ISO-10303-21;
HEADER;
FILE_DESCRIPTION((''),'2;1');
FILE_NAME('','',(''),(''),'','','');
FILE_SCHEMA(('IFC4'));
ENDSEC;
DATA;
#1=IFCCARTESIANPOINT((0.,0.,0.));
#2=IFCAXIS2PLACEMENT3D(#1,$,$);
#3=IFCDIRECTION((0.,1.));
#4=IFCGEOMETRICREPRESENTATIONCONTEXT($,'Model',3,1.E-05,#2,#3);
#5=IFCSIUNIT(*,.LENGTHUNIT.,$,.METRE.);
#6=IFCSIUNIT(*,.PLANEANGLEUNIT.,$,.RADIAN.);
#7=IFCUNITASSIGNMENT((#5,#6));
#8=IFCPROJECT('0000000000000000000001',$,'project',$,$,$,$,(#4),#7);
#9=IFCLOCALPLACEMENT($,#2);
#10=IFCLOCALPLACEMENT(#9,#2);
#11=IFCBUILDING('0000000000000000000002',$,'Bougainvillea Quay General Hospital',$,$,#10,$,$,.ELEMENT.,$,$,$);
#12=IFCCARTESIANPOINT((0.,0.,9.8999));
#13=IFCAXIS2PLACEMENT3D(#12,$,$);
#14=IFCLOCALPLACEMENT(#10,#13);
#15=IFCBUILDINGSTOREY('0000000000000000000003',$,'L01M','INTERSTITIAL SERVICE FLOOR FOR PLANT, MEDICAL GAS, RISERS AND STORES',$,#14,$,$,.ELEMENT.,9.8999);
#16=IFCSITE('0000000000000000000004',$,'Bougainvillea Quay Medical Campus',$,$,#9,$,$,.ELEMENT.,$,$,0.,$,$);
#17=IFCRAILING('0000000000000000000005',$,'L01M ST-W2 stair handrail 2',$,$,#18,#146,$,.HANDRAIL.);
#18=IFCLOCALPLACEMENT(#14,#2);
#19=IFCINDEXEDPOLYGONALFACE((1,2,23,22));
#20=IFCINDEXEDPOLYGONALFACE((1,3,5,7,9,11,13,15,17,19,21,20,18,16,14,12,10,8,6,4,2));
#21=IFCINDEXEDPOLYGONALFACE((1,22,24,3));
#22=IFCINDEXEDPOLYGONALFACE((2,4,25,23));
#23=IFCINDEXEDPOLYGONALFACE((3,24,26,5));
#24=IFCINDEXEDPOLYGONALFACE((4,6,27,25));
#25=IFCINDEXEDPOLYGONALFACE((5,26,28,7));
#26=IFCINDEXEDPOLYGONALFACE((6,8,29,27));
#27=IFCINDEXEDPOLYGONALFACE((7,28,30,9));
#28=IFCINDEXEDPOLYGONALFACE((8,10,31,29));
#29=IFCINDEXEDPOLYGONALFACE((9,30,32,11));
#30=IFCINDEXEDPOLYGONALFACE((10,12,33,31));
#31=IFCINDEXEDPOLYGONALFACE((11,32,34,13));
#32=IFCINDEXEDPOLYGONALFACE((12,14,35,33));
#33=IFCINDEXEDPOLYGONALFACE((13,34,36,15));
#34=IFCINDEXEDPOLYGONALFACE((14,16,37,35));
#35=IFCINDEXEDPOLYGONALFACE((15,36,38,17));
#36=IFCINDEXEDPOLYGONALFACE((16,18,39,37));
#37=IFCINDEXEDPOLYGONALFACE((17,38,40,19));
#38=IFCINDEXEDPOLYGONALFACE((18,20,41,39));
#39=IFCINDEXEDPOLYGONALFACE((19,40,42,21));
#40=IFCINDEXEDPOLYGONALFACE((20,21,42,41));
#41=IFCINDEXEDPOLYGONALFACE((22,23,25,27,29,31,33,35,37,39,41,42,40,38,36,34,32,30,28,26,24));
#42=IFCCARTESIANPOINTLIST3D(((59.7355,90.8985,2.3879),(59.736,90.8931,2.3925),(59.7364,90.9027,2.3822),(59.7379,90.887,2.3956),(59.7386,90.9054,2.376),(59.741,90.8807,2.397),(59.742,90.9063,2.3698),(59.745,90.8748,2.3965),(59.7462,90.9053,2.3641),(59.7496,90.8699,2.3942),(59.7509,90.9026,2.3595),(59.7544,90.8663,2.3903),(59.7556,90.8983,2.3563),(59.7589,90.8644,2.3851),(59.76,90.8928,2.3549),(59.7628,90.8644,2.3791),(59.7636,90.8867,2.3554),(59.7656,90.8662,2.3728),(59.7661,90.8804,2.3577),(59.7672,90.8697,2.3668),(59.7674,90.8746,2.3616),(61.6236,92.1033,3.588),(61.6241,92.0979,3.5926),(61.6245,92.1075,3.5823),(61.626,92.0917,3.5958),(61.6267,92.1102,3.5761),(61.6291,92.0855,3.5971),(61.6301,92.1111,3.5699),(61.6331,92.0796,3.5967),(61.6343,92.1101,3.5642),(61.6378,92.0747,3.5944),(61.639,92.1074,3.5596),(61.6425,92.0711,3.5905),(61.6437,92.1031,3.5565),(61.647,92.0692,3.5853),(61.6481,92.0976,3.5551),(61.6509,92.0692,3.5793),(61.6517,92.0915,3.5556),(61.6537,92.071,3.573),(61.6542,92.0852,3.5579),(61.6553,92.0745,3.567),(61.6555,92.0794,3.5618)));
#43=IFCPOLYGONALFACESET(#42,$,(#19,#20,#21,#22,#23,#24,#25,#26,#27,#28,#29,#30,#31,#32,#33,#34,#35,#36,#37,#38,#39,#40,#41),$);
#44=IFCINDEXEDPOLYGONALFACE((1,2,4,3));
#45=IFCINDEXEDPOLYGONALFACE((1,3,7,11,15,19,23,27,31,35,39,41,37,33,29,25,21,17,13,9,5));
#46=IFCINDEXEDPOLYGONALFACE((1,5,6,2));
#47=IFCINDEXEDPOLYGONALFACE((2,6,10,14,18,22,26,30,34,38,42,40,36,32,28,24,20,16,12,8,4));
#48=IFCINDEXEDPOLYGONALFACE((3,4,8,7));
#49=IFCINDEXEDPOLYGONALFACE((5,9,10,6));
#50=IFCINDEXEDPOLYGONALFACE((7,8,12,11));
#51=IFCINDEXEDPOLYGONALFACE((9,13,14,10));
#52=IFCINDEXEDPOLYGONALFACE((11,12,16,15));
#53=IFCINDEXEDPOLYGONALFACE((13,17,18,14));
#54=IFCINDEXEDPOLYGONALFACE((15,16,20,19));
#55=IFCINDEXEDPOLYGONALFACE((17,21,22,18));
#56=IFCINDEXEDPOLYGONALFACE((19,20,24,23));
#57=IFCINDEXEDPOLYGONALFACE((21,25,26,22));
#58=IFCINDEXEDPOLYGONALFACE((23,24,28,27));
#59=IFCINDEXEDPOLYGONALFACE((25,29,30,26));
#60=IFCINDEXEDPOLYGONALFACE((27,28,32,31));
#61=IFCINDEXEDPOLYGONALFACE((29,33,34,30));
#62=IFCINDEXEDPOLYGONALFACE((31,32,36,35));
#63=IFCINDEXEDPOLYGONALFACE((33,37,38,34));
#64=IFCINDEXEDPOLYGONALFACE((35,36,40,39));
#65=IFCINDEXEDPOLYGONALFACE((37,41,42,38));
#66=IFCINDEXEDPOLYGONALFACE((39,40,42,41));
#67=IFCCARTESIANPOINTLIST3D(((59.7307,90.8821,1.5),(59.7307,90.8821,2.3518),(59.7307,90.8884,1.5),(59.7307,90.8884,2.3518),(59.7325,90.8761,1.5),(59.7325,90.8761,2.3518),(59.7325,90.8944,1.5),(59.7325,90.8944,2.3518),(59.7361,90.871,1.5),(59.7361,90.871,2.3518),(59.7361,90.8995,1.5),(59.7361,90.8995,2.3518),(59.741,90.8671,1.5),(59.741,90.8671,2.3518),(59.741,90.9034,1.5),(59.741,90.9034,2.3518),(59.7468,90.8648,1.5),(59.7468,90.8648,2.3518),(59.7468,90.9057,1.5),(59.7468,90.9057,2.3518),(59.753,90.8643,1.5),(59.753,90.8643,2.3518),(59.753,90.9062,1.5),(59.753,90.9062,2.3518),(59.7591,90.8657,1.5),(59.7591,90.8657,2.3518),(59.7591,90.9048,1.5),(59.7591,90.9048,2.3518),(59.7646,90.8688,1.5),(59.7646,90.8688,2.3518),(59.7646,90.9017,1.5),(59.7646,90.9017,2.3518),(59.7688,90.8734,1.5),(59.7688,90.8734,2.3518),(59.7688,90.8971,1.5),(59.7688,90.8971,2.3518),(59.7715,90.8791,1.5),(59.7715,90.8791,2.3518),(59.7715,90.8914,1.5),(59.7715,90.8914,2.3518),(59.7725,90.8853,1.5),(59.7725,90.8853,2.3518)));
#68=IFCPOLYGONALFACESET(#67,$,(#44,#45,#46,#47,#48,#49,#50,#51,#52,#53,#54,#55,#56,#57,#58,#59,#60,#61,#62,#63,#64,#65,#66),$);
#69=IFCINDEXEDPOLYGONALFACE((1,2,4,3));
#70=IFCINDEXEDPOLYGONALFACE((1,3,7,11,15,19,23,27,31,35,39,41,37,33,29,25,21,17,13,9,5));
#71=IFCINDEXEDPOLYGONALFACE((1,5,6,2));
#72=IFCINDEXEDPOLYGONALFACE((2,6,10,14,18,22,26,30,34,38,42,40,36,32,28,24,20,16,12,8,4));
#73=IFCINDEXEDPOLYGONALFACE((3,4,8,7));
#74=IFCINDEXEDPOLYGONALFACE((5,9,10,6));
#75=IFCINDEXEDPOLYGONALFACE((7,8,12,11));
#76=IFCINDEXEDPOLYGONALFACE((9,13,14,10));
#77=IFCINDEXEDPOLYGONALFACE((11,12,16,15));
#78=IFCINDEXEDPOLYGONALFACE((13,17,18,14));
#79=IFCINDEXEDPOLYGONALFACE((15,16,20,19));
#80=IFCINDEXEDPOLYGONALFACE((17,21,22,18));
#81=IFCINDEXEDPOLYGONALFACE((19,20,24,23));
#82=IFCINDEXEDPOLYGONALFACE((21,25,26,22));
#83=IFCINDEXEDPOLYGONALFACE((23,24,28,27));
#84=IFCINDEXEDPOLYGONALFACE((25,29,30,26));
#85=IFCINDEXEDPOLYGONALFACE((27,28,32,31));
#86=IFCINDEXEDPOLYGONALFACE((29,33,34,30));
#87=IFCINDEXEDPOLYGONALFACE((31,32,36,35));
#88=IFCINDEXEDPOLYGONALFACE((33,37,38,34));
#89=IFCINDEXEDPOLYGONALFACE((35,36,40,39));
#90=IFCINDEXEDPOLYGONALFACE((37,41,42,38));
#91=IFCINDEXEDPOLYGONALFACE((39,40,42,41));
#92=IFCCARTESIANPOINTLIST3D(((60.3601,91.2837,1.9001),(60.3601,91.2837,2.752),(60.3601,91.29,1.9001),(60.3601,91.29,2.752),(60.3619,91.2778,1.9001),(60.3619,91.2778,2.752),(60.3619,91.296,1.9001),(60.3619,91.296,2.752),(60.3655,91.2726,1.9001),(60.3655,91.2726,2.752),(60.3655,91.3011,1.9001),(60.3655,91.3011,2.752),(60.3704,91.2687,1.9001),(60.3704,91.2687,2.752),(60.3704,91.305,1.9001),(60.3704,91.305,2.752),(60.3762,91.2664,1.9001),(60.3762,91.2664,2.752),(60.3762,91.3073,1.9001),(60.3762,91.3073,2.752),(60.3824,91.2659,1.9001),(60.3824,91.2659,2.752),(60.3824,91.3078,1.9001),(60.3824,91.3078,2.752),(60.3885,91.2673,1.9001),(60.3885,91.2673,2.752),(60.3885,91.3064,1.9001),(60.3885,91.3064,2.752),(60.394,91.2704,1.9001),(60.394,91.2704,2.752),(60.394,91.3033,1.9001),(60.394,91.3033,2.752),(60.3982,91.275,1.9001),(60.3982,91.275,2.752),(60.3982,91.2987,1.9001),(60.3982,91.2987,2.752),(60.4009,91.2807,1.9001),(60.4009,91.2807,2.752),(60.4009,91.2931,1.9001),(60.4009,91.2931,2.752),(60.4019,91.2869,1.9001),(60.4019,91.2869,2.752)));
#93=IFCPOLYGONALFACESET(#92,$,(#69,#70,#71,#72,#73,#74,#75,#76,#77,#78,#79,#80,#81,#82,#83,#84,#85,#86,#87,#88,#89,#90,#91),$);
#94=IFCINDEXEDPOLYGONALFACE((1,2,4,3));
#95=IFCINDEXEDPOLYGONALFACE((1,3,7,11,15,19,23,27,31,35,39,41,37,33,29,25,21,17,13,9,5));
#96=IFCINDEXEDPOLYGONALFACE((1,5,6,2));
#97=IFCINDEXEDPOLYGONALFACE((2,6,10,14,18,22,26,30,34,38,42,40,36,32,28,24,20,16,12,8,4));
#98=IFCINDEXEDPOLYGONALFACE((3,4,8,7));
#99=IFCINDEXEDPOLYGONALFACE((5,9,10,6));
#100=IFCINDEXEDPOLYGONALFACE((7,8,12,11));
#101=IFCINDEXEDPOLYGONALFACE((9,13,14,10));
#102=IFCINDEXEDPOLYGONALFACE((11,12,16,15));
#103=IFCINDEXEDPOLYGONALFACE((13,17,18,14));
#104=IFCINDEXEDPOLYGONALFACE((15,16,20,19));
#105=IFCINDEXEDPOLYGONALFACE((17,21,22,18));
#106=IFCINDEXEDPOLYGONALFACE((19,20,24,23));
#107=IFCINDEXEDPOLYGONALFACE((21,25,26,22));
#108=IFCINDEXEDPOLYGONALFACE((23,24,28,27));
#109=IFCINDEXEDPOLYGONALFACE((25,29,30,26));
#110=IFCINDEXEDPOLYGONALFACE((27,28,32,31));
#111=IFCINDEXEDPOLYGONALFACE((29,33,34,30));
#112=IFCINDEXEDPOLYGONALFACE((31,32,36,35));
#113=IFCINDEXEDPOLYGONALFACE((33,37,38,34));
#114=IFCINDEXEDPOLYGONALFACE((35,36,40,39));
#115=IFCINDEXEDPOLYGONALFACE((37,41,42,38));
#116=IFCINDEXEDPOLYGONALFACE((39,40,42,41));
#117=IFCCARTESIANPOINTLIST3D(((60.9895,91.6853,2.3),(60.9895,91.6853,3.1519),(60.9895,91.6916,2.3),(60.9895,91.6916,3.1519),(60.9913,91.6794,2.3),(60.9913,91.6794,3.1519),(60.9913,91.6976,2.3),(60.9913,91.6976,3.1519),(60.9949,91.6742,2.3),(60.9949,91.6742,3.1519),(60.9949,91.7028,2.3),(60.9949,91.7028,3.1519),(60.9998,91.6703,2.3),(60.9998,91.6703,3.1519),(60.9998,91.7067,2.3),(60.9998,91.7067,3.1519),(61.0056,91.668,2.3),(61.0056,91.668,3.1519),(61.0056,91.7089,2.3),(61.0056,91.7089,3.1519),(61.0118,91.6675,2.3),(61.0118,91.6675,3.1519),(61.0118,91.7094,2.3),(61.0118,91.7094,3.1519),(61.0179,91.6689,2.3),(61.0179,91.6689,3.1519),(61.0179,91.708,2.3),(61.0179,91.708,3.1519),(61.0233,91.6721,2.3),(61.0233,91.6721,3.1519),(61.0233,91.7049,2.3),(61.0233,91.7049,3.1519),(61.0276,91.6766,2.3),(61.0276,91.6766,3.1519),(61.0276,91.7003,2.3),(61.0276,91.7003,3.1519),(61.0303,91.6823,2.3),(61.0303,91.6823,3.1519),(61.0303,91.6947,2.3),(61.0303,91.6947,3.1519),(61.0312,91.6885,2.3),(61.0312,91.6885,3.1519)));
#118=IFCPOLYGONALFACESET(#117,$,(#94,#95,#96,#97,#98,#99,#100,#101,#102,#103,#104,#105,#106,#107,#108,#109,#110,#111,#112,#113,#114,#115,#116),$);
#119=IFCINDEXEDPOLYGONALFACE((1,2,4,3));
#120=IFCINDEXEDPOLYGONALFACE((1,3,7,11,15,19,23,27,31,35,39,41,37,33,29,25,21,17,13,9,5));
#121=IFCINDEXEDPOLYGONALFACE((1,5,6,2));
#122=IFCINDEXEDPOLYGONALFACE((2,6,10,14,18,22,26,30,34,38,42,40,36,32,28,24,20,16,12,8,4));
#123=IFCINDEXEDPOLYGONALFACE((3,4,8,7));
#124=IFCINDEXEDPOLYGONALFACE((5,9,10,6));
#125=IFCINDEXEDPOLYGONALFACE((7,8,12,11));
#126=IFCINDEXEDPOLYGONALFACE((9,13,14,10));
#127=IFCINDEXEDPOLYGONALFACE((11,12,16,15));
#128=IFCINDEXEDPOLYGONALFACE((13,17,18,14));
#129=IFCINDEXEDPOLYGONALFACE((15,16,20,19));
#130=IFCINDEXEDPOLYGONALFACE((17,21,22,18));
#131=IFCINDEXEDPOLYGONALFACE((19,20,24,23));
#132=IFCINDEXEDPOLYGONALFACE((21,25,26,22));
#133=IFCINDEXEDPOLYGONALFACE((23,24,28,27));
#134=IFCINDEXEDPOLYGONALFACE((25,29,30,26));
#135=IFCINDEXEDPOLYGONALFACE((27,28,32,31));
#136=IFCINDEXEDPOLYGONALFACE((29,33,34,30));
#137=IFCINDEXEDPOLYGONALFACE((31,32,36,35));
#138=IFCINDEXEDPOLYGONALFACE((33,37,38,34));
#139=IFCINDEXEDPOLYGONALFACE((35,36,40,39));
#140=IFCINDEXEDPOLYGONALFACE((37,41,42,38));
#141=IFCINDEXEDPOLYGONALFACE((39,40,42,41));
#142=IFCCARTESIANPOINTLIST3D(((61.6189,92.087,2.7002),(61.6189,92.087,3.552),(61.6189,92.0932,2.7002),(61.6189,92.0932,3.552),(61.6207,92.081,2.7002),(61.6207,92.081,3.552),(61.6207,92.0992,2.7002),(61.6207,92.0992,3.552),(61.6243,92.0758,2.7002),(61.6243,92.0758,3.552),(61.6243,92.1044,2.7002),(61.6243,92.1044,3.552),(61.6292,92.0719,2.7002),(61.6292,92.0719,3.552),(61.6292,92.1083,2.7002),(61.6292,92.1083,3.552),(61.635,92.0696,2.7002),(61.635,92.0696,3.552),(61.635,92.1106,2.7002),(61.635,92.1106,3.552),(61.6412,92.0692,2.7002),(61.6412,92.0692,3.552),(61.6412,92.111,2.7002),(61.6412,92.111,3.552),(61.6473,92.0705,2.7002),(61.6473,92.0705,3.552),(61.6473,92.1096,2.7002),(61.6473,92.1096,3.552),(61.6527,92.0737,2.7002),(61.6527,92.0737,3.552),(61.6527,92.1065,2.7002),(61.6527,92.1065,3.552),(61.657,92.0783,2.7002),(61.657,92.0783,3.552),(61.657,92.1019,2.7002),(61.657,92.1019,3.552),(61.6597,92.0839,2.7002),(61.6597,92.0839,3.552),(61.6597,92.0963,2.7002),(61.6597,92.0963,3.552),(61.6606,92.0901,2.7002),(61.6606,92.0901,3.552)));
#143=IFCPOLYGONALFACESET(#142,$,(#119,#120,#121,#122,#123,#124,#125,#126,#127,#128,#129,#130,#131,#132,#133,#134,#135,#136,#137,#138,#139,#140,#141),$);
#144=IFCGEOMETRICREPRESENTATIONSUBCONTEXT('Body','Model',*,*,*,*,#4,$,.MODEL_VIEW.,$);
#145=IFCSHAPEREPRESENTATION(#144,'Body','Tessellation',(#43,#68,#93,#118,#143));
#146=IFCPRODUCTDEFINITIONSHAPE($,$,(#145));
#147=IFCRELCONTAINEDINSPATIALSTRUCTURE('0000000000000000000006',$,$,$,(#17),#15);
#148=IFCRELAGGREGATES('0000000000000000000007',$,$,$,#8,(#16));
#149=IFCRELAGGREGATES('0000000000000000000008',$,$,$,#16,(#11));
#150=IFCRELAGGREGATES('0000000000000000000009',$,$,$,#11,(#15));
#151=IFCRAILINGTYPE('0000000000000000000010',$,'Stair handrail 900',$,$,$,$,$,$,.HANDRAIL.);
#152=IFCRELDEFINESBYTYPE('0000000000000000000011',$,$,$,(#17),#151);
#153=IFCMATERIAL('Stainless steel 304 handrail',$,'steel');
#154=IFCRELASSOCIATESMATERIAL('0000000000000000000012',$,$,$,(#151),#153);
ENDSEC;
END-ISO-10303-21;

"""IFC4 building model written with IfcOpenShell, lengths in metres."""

from ifc_helpers import new_model, si_unit, direction, frame, origin, origin_2d, place, context, subcontext, project, spatial, circle, extrude, material, type_object, element, save


model = new_model("IFC4")

# Units and contexts
model_context = context("Model", 3, precision=1e-05, world=origin(), true_north=direction((0.0, 1.0)))
body_context = subcontext(model_context, "Body", "Model", "MODEL_VIEW")
ifc_project = project(units=[si_unit("LENGTHUNIT", "METRE"), si_unit("PLANEANGLEUNIT", "RADIAN")], contexts=[model_context])

# Site, building, storey
site_placement = place(None, origin())
site = spatial("IfcSite", under=ifc_project, at=site_placement, Name="Bougainvillea Quay Medical Campus", CompositionType="ELEMENT", RefElevation=0.0)
building_placement = place(site_placement, origin())
building = spatial("IfcBuilding", under=site, at=building_placement, Name="Bougainvillea Quay General Hospital", CompositionType="ELEMENT")
storey_placement = place(building_placement, frame((0.0, 0.0, 9.8999)))
storey = spatial("IfcBuildingStorey", under=building, at=storey_placement, Name="L01M", Description="INTERSTITIAL SERVICE FLOOR FOR PLANT, MEDICAL GAS, RISERS AND STORES", CompositionType="ELEMENT", Elevation=9.8999)

# Railing
ifc_material_1 = material(Name="Stainless steel 304 handrail", Category="steel")
railing_type_1 = type_object("IfcRailingType", Name="Stair handrail 900", PredefinedType="HANDRAIL", material=ifc_material_1)
railing_1_placement = place(storey_placement, frame((59.7515, 90.8853, 1.5)))
element("IfcRailing", 1, at=railing_1_placement, inside=storey, type_object=railing_type_1, Name="L01M ST-W2 stair handrail 2", PredefinedType="HANDRAIL", context=body_context, shape_type="SweptSolid", body=[
    extrude(circle(Radius=0.0239, at=origin_2d()), frame((0.0, 0.0, 0.876), z_axis=(0.743049, 0.474134, 0.472308), x_axis=(-0.537912, 0.843001, 0.0)), (0.0, 0.0, 1.0), 2.541),
    extrude(circle(Radius=0.021, at=origin_2d()), origin(), (0.0, 0.0, 1.0), 0.8518),
    extrude(circle(Radius=0.021, at=origin_2d()), frame((0.6294, 0.4016, 0.4001)), (0.0, 0.0, 1.0), 0.8518),
    extrude(circle(Radius=0.021, at=origin_2d()), frame((1.2588, 0.8032, 0.8)), (0.0, 0.0, 1.0), 0.8518),
    extrude(circle(Radius=0.021, at=origin_2d()), frame((1.8882, 1.2048, 1.2002)), (0.0, 0.0, 1.0), 0.8518),
])

save(model, "model.ifc")
